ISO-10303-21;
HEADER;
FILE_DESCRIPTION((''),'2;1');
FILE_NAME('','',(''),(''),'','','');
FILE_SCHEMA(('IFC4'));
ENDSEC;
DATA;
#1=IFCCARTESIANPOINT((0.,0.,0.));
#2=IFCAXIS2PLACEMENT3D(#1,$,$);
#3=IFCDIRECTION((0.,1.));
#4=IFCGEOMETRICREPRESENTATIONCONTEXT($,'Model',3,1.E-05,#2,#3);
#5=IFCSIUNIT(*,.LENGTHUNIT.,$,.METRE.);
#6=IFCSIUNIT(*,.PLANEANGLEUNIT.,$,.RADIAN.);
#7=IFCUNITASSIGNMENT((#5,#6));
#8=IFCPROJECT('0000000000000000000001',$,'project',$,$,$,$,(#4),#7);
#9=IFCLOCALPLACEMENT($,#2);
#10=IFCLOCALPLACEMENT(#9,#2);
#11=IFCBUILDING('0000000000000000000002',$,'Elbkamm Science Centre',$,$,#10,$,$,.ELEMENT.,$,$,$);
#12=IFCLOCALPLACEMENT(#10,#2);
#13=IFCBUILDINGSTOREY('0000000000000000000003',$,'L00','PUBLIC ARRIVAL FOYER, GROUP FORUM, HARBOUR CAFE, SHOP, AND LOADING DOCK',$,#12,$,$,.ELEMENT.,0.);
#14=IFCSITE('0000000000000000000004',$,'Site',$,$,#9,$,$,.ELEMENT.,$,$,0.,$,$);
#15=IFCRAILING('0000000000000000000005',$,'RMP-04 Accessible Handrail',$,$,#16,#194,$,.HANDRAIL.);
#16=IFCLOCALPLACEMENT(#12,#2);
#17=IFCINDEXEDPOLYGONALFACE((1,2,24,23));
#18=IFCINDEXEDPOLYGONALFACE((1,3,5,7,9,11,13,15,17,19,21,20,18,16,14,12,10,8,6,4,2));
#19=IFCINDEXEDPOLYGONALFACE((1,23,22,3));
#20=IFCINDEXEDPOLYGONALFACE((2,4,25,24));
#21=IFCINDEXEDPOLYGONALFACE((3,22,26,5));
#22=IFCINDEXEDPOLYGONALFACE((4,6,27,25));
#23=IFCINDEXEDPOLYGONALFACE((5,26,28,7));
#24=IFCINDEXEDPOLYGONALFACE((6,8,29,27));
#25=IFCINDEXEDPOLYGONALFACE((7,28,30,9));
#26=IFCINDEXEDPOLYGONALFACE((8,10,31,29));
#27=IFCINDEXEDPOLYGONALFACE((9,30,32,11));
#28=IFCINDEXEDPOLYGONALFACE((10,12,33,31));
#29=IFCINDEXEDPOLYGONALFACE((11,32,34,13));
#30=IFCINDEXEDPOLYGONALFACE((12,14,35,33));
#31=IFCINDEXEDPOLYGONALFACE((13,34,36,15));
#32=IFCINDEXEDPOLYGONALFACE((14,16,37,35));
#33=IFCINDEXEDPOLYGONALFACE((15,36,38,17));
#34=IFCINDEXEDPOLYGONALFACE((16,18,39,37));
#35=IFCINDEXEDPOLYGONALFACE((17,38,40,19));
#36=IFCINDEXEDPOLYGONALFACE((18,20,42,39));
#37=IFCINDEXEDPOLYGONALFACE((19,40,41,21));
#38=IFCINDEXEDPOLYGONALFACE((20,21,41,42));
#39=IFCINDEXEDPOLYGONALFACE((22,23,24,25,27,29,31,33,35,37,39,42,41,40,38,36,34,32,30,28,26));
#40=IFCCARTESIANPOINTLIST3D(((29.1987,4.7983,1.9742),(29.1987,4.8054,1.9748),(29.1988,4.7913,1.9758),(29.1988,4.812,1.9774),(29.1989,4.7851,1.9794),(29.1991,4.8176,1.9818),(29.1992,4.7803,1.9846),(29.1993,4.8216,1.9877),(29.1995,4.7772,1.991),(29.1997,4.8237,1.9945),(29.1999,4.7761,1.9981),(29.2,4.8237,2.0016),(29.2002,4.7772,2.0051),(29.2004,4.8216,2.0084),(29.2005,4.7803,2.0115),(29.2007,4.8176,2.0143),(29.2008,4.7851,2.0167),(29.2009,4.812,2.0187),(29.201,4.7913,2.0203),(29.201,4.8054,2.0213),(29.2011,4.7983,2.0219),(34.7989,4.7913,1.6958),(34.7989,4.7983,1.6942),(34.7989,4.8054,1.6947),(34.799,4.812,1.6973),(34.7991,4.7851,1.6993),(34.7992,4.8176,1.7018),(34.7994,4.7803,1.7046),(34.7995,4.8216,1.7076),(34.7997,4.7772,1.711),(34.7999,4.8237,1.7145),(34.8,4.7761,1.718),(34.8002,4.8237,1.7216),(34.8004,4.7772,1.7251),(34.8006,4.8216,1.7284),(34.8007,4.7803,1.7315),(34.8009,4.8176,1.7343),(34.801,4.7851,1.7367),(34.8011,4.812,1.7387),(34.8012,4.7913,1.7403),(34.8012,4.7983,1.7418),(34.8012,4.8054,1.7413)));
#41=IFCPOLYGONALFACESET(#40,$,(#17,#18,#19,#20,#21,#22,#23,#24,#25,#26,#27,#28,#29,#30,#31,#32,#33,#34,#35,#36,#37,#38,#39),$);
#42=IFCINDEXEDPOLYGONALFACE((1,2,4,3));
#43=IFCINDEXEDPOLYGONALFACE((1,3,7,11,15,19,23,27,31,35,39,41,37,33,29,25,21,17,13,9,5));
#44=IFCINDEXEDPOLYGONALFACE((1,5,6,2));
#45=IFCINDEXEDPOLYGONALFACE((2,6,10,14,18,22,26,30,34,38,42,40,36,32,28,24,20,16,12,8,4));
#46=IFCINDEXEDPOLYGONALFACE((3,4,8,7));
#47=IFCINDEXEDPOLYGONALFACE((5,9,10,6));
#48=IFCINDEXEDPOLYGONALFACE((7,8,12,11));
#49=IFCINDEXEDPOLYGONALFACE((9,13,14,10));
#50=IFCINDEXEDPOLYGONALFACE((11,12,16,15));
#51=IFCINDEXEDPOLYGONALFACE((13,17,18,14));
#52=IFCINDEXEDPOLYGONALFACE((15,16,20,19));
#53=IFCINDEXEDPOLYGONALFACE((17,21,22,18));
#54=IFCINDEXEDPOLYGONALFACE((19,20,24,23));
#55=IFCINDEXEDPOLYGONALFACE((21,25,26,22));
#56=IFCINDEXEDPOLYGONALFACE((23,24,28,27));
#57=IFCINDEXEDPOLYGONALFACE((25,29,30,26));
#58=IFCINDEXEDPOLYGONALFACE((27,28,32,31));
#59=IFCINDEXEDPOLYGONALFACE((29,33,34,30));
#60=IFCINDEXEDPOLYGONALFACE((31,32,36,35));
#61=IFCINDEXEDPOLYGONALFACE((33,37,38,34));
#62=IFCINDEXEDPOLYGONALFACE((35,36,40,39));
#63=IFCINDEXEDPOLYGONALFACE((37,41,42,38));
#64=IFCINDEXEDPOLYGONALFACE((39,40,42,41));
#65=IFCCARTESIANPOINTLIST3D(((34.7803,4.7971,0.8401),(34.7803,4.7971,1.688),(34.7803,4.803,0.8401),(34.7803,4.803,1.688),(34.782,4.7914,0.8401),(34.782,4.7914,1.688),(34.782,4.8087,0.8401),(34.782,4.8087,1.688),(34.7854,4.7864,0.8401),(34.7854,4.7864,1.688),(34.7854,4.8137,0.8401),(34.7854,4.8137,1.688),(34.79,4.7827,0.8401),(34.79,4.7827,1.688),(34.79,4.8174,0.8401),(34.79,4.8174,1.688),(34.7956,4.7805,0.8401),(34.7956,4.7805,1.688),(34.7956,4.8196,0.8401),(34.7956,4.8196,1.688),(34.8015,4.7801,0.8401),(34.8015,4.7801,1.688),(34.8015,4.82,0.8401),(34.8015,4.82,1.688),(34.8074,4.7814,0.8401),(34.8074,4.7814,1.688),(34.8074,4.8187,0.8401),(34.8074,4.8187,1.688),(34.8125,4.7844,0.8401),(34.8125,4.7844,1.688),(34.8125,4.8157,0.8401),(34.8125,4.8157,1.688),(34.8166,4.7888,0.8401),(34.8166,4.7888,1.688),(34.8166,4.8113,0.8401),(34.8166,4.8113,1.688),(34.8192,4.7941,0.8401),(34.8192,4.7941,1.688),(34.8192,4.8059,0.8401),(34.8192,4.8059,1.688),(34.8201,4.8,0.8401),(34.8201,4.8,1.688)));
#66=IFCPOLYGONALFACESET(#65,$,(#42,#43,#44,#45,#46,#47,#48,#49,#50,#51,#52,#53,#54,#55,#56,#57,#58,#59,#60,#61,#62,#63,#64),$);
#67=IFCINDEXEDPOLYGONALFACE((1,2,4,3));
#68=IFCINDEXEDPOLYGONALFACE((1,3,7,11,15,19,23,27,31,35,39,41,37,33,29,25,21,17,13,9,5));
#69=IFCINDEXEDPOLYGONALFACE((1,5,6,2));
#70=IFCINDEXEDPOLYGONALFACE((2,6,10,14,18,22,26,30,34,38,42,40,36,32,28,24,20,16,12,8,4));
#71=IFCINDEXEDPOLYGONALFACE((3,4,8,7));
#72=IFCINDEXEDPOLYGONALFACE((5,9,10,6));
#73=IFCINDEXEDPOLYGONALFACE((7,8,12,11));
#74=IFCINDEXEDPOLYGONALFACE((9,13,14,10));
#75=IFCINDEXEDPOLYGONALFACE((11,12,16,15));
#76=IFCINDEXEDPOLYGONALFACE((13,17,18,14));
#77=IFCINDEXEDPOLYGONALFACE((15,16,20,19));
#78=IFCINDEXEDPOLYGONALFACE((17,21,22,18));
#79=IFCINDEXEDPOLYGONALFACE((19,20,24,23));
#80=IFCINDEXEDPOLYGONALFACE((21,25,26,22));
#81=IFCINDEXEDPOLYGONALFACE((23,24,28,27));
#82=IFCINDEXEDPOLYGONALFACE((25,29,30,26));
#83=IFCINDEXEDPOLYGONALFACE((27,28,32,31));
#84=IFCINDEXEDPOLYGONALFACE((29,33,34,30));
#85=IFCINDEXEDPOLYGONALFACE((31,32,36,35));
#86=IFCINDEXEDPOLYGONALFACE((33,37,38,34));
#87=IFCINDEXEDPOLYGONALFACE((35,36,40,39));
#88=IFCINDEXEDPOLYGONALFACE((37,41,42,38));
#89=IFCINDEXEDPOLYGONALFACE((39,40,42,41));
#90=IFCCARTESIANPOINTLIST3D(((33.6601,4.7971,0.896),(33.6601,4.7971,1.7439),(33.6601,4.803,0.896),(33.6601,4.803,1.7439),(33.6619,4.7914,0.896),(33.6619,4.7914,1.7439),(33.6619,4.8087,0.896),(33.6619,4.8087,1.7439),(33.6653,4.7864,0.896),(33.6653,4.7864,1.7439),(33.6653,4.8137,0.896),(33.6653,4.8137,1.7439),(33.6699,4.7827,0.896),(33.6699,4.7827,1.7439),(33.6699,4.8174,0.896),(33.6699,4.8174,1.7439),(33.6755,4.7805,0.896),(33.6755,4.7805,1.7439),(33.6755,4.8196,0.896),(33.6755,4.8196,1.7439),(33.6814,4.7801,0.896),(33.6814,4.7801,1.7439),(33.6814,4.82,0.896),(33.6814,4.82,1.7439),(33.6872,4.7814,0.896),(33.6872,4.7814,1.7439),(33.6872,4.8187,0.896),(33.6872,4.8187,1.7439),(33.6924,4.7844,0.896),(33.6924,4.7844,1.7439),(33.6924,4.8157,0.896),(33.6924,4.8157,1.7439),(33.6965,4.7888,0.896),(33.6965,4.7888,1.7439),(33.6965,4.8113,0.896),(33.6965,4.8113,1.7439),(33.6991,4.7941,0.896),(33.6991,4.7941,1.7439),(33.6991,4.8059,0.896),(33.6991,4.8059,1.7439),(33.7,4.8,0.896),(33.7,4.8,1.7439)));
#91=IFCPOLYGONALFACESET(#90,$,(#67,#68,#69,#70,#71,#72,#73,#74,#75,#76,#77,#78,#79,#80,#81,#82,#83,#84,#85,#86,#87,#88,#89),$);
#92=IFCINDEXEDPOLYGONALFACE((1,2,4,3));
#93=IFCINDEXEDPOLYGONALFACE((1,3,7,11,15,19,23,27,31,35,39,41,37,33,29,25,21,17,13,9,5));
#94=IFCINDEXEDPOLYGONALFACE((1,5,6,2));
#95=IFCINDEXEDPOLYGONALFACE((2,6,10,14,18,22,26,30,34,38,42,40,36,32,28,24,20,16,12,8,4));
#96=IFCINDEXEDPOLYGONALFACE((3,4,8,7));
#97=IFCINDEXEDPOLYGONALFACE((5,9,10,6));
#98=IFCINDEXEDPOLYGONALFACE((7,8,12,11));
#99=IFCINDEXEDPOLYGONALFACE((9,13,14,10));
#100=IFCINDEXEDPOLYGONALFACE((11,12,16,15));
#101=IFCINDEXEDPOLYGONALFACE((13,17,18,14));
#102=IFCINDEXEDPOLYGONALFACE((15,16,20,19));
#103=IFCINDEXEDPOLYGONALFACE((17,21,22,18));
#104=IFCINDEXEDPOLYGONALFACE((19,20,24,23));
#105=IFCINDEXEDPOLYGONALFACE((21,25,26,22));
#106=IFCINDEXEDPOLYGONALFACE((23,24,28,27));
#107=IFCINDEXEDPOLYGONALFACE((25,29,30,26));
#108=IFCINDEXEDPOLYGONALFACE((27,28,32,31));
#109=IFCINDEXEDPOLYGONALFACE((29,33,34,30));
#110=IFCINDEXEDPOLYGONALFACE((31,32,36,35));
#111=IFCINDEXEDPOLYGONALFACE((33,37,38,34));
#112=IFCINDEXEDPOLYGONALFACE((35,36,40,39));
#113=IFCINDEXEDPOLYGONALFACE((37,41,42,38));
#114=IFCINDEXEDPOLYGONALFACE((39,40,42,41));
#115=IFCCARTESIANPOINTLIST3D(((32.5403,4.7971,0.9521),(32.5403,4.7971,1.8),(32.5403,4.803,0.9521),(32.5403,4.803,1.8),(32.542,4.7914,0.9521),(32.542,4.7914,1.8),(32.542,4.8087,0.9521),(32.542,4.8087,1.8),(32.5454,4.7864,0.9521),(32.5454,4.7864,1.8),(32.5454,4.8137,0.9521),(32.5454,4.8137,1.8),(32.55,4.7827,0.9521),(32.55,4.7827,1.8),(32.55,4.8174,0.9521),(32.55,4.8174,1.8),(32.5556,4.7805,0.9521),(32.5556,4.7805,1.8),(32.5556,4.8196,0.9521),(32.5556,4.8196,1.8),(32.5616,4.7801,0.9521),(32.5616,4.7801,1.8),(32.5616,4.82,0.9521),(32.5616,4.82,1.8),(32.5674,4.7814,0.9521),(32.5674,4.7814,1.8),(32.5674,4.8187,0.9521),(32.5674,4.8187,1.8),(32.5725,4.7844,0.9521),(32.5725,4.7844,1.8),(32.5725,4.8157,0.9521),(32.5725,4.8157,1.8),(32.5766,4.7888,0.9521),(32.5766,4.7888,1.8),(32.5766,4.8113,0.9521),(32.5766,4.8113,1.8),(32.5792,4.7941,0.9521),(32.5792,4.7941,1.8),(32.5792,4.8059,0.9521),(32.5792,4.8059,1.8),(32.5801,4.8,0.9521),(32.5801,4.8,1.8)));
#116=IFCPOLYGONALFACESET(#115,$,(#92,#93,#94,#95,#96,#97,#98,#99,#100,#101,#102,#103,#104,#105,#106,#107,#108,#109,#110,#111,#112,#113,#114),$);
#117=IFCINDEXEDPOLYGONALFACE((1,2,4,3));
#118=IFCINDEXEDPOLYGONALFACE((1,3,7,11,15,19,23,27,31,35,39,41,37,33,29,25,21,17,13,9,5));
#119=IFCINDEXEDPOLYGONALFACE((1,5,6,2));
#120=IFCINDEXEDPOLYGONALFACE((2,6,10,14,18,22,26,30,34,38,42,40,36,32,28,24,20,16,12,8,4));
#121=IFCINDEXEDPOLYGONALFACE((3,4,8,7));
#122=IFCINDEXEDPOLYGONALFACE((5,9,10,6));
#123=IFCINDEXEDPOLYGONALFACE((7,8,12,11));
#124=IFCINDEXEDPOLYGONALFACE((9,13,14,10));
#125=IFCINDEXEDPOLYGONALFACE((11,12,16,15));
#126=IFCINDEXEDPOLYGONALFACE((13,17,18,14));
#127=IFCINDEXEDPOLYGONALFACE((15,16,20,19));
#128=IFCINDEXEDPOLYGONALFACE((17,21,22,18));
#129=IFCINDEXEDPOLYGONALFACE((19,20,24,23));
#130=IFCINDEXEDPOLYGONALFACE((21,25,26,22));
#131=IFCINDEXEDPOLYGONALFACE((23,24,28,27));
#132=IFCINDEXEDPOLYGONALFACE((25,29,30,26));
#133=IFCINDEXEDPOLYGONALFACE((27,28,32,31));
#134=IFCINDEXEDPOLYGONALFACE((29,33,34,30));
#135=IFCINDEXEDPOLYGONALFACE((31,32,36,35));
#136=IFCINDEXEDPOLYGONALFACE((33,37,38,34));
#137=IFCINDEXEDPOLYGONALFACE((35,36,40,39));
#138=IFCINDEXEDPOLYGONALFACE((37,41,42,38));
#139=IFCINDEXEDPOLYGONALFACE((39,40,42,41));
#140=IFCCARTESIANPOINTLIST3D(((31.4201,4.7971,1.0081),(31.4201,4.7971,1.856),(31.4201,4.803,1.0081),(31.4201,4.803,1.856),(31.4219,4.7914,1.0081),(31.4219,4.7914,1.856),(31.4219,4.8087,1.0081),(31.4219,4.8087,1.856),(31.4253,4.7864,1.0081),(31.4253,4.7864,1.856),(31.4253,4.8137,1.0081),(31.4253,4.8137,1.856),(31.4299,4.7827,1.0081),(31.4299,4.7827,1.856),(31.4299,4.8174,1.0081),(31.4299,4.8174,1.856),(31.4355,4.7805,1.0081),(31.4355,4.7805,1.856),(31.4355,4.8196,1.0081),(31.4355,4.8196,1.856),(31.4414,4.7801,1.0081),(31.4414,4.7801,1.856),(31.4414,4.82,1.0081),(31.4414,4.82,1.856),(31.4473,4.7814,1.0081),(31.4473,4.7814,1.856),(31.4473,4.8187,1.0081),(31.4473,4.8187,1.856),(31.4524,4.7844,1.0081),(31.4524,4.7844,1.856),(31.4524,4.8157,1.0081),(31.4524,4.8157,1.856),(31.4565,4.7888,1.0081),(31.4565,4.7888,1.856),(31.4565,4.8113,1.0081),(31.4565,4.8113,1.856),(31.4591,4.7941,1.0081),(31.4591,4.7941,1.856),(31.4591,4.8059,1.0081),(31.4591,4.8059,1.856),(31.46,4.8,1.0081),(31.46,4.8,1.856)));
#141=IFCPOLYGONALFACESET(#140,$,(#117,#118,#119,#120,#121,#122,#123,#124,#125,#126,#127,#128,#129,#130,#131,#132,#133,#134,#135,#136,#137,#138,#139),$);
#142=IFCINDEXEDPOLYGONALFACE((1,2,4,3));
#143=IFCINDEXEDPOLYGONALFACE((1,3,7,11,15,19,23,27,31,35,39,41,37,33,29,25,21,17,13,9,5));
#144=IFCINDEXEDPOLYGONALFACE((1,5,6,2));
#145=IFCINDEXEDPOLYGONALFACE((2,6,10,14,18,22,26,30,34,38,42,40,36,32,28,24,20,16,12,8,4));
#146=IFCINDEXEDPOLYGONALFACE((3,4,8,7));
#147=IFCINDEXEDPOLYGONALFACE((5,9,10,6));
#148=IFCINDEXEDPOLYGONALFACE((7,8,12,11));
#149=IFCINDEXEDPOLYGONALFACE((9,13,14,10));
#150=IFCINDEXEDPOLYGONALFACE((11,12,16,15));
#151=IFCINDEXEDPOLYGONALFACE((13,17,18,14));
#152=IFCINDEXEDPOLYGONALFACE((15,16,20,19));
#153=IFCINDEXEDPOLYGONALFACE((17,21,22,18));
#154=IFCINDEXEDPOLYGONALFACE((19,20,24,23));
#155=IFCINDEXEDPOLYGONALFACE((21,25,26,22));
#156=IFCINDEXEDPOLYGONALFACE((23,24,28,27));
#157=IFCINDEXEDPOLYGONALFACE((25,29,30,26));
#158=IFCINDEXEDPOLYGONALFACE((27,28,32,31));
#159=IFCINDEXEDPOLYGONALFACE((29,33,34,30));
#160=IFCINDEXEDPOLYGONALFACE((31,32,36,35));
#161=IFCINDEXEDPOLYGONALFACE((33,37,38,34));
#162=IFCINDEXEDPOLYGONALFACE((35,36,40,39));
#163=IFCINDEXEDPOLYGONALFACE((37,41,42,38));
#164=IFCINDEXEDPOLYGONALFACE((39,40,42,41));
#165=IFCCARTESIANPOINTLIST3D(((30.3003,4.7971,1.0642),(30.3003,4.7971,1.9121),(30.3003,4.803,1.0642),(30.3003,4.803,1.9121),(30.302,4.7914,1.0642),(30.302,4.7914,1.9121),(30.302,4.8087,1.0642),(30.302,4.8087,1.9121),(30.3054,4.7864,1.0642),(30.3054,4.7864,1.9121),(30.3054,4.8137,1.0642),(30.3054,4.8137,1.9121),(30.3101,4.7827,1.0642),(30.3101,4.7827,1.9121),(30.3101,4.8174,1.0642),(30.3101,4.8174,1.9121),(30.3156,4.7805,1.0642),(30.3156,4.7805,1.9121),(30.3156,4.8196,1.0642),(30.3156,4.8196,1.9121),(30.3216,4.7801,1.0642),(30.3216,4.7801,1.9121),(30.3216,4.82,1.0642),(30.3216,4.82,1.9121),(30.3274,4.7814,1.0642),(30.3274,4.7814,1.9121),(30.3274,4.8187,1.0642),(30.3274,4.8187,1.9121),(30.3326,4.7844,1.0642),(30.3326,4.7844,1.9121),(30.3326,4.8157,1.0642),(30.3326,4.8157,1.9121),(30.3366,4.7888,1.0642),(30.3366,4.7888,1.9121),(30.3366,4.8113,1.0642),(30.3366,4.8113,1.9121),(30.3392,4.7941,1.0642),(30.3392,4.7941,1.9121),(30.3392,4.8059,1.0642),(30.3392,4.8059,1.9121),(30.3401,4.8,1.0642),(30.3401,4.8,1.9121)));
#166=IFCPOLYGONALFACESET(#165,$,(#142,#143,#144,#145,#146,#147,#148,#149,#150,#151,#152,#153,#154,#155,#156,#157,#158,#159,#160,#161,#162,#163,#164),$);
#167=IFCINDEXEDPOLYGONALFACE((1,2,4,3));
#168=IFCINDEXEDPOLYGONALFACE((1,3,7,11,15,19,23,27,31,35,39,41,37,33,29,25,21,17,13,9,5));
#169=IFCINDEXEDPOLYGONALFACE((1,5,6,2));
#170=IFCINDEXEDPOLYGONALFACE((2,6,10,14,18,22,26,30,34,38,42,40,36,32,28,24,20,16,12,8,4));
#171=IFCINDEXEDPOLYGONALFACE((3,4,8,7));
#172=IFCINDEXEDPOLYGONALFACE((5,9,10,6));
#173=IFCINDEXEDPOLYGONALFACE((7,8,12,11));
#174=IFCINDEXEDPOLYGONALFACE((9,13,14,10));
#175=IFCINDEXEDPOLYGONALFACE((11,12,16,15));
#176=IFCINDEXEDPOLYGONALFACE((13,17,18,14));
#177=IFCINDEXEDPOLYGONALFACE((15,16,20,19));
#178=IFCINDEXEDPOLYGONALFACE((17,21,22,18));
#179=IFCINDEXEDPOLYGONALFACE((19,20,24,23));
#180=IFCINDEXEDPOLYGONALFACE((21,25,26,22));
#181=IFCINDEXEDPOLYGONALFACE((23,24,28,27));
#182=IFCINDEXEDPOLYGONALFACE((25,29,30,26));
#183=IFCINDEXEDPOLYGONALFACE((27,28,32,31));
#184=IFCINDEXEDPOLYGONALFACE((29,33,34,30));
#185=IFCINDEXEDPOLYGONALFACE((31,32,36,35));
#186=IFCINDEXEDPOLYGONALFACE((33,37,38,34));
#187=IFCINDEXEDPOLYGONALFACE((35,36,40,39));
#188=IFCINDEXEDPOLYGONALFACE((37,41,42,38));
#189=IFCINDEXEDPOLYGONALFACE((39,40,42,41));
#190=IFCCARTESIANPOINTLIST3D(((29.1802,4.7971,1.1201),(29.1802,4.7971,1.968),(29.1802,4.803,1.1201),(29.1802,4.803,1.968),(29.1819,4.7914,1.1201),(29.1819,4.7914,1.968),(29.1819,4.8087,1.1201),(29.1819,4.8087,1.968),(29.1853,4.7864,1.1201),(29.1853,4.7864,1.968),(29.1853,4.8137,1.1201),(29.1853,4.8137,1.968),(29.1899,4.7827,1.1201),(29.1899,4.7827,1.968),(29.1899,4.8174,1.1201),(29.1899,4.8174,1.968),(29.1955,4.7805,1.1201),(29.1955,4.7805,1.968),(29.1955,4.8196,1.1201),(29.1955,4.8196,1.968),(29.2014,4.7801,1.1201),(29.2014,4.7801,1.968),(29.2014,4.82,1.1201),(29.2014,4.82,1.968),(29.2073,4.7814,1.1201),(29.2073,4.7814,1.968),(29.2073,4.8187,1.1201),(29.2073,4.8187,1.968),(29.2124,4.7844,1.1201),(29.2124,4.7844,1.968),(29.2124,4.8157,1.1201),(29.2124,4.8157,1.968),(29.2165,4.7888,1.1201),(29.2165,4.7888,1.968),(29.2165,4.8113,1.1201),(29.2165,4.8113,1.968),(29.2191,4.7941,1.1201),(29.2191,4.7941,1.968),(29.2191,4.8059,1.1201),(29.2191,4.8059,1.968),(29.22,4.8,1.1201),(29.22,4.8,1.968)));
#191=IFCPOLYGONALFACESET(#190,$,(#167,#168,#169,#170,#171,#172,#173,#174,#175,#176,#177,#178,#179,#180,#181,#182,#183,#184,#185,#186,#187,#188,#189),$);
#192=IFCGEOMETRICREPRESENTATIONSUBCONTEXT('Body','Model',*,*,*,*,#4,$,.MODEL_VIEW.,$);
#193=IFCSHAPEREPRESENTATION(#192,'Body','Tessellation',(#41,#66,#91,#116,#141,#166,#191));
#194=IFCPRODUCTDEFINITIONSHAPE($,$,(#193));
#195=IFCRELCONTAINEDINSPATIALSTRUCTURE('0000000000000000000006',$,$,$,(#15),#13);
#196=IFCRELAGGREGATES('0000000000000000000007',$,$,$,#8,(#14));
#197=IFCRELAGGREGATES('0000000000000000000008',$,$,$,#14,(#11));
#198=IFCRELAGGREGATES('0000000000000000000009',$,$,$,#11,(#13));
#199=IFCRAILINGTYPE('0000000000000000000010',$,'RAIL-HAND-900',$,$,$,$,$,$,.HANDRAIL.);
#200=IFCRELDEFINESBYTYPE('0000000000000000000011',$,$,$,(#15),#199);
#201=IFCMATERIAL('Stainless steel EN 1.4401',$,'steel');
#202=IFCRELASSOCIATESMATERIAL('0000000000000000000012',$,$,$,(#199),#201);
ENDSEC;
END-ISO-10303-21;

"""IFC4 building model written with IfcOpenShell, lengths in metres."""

from ifc_helpers import new_model, si_unit, direction, frame, origin, origin_2d, place, context, subcontext, project, spatial, circle, extrude, material, type_object, element, save


model = new_model("IFC4")

# Units and contexts
model_context = context("Model", 3, precision=1e-05, world=origin(), true_north=direction((0.0, 1.0)))
body_context = subcontext(model_context, "Body", "Model", "MODEL_VIEW")
ifc_project = project(units=[si_unit("LENGTHUNIT", "METRE"), si_unit("PLANEANGLEUNIT", "RADIAN")], contexts=[model_context])

# Site, building, storey
site_placement = place(None, origin())
site = spatial("IfcSite", under=ifc_project, at=site_placement, Name="Site", CompositionType="ELEMENT", RefElevation=0.0)
building_placement = place(site_placement, origin())
building = spatial("IfcBuilding", under=site, at=building_placement, Name="Elbkamm Science Centre", CompositionType="ELEMENT")
storey_placement = place(building_placement, origin())
storey = spatial("IfcBuildingStorey", under=building, at=storey_placement, Name="L00", Description="PUBLIC ARRIVAL FOYER, GROUP FORUM, HARBOUR CAFE, SHOP, AND LOADING DOCK", CompositionType="ELEMENT", Elevation=0.0)

# Railing
ifc_material_1 = material(Name="Stainless steel EN 1.4401", Category="steel")
railing_type_1 = type_object("IfcRailingType", Name="RAIL-HAND-900", PredefinedType="HANDRAIL", material=ifc_material_1)
railing_1_placement = place(storey_placement, frame((34.8, 4.8, 0.8401)))
element("IfcRailing", 1, at=railing_1_placement, inside=storey, type_object=railing_type_1, Name="RMP-04 Accessible Handrail", PredefinedType="HANDRAIL", context=body_context, shape_type="SweptSolid", body=[
    extrude(circle(Radius=0.0239, at=origin_2d()), frame((0.0, 0.0, 0.8779), z_axis=(-0.998752, 0.0, 0.049942), x_axis=(0.0, -1.0, 0.0)), (0.0, 0.0, 1.0), 5.6072),
    extrude(circle(Radius=0.02, at=origin_2d()), origin(), (0.0, 0.0, 1.0), 0.8479),
    extrude(circle(Radius=0.02, at=origin_2d()), frame((-1.1201, 0.0, 0.0559)), (0.0, 0.0, 1.0), 0.8479),
    extrude(circle(Radius=0.02, at=origin_2d()), frame((-2.24, 0.0, 0.1121)), (0.0, 0.0, 1.0), 0.8479),
    extrude(circle(Radius=0.02, at=origin_2d()), frame((-3.3601, 0.0, 0.168)), (0.0, 0.0, 1.0), 0.8479),
    extrude(circle(Radius=0.02, at=origin_2d()), frame((-4.48, 0.0, 0.2241)), (0.0, 0.0, 1.0), 0.8479),
    extrude(circle(Radius=0.02, at=origin_2d()), frame((-5.6001, 0.0, 0.28)), (0.0, 0.0, 1.0), 0.8479),
])

save(model, "model.ifc")
